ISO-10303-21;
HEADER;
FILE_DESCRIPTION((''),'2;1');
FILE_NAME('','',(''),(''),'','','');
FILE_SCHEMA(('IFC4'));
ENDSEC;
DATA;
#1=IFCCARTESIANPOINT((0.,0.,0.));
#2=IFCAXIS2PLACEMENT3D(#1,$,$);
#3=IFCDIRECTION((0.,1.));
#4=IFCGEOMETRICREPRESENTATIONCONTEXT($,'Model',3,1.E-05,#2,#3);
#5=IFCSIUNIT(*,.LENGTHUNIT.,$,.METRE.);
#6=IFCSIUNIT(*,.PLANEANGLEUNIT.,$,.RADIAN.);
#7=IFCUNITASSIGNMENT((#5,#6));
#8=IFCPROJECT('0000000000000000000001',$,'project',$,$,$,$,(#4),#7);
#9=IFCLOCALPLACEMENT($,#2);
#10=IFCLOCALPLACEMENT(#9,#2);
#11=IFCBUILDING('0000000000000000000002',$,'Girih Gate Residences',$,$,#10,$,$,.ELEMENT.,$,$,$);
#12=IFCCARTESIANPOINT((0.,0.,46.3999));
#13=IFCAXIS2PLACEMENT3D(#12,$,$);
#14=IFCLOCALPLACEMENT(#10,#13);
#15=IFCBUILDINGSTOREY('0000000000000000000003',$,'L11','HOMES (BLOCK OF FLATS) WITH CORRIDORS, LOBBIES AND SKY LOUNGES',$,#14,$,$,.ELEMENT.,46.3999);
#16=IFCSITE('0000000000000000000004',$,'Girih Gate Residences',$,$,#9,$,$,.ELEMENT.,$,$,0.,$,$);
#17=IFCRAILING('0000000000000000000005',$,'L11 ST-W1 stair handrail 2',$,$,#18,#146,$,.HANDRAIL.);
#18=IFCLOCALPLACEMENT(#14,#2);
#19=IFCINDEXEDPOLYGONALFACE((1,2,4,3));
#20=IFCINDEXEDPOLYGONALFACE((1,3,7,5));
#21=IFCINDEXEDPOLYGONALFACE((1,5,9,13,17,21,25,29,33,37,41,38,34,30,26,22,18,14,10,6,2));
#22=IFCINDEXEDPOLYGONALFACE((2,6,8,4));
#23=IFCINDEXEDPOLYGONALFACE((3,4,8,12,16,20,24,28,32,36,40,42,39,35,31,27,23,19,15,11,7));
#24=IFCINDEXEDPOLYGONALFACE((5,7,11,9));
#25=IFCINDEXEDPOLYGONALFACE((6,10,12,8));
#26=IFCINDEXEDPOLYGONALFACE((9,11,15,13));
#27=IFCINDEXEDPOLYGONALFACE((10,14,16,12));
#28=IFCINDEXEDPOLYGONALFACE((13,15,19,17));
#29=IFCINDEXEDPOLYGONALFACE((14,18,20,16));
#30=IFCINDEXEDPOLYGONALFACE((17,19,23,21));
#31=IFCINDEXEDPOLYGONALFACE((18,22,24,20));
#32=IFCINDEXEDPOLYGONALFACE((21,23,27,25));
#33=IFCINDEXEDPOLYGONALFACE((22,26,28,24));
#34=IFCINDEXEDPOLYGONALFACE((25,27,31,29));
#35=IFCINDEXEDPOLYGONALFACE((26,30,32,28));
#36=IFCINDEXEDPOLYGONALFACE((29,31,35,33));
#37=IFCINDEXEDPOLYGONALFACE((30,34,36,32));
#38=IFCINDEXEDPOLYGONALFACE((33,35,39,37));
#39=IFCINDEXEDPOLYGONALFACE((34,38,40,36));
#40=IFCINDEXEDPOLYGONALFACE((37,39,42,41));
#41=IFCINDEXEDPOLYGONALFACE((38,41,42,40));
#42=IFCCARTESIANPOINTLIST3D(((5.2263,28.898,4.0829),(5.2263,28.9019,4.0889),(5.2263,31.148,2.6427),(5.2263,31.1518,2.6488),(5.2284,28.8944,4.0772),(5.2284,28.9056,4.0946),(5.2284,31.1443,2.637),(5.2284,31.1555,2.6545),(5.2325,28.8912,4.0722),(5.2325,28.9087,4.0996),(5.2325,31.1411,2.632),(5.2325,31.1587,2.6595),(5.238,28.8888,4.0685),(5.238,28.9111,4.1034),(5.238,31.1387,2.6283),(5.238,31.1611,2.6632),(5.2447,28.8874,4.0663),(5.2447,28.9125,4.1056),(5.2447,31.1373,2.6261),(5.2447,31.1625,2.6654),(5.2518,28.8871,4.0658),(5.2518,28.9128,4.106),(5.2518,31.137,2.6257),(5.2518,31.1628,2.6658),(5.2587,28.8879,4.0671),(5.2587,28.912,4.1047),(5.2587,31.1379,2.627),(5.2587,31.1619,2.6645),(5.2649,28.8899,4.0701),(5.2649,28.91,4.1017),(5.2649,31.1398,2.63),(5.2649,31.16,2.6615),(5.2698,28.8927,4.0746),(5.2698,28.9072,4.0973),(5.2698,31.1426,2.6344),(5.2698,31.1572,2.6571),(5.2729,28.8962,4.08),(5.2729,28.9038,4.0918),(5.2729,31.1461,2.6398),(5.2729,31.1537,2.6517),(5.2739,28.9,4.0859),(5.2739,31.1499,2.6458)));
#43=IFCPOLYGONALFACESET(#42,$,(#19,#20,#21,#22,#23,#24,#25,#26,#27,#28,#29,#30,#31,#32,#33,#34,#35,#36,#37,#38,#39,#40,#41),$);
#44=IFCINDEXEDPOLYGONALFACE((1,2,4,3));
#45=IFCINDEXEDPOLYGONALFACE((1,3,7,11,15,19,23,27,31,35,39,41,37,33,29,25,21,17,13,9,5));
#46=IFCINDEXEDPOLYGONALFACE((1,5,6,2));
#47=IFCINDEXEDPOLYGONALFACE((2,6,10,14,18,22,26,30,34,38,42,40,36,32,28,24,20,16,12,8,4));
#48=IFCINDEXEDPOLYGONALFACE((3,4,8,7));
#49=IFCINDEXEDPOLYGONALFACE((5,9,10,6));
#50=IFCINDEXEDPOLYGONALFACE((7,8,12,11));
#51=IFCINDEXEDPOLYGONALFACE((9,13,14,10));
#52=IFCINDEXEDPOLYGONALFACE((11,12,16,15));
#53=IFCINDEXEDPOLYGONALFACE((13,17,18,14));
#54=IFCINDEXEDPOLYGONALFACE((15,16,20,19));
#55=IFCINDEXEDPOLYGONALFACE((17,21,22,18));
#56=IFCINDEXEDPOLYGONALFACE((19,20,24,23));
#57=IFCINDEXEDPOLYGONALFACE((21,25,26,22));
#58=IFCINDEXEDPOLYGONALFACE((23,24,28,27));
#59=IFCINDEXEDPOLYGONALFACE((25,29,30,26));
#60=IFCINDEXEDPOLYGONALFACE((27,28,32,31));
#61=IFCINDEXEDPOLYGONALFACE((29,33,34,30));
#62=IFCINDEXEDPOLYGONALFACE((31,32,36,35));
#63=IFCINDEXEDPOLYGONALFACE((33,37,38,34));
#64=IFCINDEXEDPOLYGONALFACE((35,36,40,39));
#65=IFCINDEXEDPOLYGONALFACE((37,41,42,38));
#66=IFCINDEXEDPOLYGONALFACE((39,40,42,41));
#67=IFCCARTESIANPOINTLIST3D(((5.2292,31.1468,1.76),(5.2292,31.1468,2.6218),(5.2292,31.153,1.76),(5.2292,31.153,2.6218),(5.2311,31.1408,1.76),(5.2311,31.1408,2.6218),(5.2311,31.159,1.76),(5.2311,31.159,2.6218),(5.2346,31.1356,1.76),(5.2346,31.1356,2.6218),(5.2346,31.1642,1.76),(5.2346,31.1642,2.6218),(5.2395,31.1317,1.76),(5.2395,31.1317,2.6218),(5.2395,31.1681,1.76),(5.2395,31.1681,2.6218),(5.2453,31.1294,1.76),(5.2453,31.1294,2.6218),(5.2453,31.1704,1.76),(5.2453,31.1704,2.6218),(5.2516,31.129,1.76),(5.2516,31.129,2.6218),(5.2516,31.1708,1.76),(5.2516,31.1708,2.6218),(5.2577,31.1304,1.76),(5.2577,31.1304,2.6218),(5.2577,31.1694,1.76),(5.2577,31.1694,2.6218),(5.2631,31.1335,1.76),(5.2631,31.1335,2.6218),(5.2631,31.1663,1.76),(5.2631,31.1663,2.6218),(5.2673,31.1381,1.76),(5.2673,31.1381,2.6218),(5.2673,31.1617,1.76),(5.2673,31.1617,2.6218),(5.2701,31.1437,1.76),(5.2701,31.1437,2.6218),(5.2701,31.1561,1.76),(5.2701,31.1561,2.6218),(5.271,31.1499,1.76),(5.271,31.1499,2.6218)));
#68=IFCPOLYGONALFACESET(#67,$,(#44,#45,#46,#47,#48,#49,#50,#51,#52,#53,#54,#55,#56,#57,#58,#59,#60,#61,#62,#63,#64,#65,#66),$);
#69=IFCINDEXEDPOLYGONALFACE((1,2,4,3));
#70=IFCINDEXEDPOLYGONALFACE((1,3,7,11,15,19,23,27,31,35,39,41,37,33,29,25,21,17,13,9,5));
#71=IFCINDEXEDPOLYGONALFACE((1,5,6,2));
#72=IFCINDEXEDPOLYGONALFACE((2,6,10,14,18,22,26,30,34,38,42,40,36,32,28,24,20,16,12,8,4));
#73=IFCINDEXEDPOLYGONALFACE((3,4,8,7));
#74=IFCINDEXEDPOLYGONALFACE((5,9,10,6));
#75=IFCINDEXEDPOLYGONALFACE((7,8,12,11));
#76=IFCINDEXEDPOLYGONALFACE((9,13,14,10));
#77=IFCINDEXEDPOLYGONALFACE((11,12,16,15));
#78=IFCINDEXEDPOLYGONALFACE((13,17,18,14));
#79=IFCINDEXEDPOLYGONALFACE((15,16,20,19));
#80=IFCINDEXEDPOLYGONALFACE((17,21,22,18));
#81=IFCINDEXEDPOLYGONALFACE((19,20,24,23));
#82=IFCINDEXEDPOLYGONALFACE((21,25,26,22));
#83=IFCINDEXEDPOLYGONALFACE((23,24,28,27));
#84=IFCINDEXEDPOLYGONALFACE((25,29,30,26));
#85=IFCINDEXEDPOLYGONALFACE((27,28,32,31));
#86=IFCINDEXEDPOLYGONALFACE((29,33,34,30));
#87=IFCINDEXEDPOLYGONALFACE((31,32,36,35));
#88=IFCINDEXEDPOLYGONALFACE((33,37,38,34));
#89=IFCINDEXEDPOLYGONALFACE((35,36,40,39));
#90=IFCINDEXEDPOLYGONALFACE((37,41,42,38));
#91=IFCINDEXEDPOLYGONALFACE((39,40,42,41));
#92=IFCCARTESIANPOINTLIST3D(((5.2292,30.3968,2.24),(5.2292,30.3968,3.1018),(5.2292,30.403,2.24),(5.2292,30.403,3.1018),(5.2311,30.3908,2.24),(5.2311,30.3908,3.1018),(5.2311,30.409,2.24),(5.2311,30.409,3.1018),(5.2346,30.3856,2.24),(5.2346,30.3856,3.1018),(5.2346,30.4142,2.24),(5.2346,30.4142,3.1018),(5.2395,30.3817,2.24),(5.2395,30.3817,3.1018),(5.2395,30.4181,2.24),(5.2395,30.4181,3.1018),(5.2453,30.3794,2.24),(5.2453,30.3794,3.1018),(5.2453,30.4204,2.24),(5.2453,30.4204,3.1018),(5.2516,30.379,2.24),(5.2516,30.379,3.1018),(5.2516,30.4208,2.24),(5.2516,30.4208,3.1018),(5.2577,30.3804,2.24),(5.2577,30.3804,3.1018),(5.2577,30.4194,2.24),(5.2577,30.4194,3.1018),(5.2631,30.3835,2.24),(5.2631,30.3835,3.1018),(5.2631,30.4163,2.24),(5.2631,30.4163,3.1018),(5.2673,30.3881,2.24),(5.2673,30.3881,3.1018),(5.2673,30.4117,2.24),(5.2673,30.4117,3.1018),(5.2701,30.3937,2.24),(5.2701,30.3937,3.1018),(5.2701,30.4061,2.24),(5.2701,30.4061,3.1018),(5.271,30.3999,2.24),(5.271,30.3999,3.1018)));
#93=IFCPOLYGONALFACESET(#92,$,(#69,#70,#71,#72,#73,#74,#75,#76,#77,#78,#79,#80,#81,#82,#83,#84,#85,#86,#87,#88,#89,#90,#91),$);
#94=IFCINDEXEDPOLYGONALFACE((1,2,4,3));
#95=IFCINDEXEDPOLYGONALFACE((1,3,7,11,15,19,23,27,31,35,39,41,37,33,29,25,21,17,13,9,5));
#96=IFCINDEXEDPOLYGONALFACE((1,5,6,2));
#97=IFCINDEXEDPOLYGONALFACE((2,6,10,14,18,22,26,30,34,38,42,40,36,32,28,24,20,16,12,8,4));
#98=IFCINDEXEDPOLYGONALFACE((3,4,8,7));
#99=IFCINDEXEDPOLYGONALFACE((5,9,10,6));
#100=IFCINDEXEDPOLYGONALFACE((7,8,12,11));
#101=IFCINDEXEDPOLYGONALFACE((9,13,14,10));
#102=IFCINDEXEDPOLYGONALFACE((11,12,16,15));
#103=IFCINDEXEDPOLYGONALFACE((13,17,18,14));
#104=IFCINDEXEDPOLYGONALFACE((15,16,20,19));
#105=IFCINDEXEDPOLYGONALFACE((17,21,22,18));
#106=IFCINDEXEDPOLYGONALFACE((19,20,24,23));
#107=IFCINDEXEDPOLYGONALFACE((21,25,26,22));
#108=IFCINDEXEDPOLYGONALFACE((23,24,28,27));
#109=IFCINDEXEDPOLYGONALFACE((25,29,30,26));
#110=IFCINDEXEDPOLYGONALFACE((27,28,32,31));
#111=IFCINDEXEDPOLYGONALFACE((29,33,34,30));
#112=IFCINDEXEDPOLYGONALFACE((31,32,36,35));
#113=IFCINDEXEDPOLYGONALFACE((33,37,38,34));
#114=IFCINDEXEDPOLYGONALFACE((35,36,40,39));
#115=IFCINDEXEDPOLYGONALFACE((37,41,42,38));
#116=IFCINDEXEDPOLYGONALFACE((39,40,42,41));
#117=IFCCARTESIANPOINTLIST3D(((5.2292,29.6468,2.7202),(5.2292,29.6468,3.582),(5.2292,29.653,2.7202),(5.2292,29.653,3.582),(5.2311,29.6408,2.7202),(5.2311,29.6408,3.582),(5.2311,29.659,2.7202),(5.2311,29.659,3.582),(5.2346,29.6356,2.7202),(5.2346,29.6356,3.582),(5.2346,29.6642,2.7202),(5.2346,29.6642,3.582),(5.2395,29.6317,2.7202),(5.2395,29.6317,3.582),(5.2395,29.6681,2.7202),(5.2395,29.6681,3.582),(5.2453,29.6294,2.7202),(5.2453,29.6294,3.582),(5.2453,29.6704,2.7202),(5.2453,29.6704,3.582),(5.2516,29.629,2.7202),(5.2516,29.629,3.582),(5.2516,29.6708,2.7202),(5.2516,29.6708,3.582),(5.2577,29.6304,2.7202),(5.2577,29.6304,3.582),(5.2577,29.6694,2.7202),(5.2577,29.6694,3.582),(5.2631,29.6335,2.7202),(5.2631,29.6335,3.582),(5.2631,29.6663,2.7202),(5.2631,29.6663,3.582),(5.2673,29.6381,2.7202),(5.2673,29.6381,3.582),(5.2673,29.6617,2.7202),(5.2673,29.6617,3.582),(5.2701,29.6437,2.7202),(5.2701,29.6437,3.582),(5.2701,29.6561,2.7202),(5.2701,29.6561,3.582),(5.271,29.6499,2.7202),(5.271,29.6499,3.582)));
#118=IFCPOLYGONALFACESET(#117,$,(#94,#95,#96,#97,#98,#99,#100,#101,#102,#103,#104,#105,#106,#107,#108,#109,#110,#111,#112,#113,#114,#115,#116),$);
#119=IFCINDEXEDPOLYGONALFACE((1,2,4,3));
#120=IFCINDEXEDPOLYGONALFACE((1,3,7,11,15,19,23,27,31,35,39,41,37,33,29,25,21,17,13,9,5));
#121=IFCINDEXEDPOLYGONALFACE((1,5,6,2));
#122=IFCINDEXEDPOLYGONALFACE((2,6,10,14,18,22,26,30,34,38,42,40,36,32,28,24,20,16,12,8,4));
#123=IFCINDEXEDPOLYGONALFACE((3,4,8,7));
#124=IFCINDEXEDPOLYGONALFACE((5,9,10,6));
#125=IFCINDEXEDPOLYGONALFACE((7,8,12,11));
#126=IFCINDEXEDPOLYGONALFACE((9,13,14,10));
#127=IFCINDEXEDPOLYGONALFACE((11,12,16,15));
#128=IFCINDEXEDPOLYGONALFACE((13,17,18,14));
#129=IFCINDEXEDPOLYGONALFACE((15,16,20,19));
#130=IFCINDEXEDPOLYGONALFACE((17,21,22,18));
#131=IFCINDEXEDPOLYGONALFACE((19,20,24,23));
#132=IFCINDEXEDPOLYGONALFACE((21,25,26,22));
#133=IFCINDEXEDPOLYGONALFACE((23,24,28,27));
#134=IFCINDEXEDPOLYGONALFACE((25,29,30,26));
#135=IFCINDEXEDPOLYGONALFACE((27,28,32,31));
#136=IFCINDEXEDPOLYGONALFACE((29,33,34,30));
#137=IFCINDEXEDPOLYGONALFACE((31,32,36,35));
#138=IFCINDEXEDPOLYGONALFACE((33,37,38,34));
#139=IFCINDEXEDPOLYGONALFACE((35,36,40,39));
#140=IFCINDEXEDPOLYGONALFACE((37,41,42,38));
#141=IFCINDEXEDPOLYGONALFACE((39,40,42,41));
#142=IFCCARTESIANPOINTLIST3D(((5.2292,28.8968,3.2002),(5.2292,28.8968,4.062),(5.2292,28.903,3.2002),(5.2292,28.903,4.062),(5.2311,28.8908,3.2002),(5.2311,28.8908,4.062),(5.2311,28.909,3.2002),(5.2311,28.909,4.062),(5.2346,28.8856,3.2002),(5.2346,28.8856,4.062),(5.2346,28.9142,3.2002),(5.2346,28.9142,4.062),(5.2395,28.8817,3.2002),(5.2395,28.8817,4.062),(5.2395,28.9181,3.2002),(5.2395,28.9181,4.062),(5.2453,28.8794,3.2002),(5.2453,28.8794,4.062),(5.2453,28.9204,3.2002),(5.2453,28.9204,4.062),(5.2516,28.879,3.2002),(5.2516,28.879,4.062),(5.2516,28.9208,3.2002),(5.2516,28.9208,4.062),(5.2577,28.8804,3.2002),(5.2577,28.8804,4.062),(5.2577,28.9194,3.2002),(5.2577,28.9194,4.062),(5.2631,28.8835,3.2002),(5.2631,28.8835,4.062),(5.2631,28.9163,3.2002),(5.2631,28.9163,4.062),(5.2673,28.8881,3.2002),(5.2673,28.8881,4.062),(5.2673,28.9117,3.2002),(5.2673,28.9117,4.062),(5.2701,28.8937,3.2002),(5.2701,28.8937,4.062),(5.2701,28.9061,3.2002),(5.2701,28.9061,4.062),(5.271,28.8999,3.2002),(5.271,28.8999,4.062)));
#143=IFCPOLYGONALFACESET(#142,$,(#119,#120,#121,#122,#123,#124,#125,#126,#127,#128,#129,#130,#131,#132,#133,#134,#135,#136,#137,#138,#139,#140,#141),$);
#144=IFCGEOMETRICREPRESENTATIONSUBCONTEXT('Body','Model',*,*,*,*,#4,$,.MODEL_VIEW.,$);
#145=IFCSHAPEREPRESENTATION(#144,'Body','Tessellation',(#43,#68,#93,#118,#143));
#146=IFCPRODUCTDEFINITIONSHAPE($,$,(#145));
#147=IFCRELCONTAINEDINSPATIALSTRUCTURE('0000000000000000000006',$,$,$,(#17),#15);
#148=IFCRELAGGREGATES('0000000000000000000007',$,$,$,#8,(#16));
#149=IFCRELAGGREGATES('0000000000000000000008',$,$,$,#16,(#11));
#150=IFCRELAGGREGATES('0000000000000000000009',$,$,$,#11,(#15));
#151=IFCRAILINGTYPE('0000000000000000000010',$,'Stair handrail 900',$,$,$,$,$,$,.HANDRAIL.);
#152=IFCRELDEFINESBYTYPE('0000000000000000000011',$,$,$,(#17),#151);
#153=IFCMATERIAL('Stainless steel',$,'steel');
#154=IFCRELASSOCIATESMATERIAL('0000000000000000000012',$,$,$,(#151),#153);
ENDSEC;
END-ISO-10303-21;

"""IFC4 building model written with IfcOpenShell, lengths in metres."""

from ifc_helpers import new_model, si_unit, direction, frame, origin, origin_2d, place, context, subcontext, project, spatial, circle, extrude, material, type_object, element, save


model = new_model("IFC4")

# Units and contexts
model_context = context("Model", 3, precision=1e-05, world=origin(), true_north=direction((0.0, 1.0)))
body_context = subcontext(model_context, "Body", "Model", "MODEL_VIEW")
ifc_project = project(units=[si_unit("LENGTHUNIT", "METRE"), si_unit("PLANEANGLEUNIT", "RADIAN")], contexts=[model_context])

# Site, building, storey
site_placement = place(None, origin())
site = spatial("IfcSite", under=ifc_project, at=site_placement, Name="Girih Gate Residences", CompositionType="ELEMENT", RefElevation=0.0)
building_placement = place(site_placement, origin())
building = spatial("IfcBuilding", under=site, at=building_placement, Name="Girih Gate Residences", CompositionType="ELEMENT")
storey_placement = place(building_placement, frame((0.0, 0.0, 46.3999)))
storey = spatial("IfcBuildingStorey", under=building, at=storey_placement, Name="L11", Description="HOMES (BLOCK OF FLATS) WITH CORRIDORS, LOBBIES AND SKY LOUNGES", CompositionType="ELEMENT", Elevation=46.3999)

# Railing
ifc_material_1 = material(Name="Stainless steel", Category="steel")
railing_type_1 = type_object("IfcRailingType", Name="Stair handrail 900", PredefinedType="HANDRAIL", material=ifc_material_1)
railing_1_placement = place(storey_placement, frame((5.25, 31.1499, 1.76)))
element("IfcRailing", 1, at=railing_1_placement, inside=storey, type_object=railing_type_1, Name="L11 ST-W1 stair handrail 2", PredefinedType="HANDRAIL", context=body_context, shape_type="SweptSolid", body=[
    extrude(circle(Radius=0.0239, at=origin_2d()), frame((0.0, 0.0, 0.8857), z_axis=(0.0, -0.84224, 0.539103), x_axis=(1.0, 0.0, 0.0)), (0.0, 0.0, 1.0), 2.6714),
    extrude(circle(Radius=0.021, at=origin_2d()), origin(), (0.0, 0.0, 1.0), 0.8618),
    extrude(circle(Radius=0.021, at=origin_2d()), frame((0.0, -0.75, 0.48)), (0.0, 0.0, 1.0), 0.8618),
    extrude(circle(Radius=0.021, at=origin_2d()), frame((0.0, -1.5, 0.9602)), (0.0, 0.0, 1.0), 0.8618),
    extrude(circle(Radius=0.021, at=origin_2d()), frame((0.0, -2.25, 1.4402)), (0.0, 0.0, 1.0), 0.8618),
])

save(model, "model.ifc")
